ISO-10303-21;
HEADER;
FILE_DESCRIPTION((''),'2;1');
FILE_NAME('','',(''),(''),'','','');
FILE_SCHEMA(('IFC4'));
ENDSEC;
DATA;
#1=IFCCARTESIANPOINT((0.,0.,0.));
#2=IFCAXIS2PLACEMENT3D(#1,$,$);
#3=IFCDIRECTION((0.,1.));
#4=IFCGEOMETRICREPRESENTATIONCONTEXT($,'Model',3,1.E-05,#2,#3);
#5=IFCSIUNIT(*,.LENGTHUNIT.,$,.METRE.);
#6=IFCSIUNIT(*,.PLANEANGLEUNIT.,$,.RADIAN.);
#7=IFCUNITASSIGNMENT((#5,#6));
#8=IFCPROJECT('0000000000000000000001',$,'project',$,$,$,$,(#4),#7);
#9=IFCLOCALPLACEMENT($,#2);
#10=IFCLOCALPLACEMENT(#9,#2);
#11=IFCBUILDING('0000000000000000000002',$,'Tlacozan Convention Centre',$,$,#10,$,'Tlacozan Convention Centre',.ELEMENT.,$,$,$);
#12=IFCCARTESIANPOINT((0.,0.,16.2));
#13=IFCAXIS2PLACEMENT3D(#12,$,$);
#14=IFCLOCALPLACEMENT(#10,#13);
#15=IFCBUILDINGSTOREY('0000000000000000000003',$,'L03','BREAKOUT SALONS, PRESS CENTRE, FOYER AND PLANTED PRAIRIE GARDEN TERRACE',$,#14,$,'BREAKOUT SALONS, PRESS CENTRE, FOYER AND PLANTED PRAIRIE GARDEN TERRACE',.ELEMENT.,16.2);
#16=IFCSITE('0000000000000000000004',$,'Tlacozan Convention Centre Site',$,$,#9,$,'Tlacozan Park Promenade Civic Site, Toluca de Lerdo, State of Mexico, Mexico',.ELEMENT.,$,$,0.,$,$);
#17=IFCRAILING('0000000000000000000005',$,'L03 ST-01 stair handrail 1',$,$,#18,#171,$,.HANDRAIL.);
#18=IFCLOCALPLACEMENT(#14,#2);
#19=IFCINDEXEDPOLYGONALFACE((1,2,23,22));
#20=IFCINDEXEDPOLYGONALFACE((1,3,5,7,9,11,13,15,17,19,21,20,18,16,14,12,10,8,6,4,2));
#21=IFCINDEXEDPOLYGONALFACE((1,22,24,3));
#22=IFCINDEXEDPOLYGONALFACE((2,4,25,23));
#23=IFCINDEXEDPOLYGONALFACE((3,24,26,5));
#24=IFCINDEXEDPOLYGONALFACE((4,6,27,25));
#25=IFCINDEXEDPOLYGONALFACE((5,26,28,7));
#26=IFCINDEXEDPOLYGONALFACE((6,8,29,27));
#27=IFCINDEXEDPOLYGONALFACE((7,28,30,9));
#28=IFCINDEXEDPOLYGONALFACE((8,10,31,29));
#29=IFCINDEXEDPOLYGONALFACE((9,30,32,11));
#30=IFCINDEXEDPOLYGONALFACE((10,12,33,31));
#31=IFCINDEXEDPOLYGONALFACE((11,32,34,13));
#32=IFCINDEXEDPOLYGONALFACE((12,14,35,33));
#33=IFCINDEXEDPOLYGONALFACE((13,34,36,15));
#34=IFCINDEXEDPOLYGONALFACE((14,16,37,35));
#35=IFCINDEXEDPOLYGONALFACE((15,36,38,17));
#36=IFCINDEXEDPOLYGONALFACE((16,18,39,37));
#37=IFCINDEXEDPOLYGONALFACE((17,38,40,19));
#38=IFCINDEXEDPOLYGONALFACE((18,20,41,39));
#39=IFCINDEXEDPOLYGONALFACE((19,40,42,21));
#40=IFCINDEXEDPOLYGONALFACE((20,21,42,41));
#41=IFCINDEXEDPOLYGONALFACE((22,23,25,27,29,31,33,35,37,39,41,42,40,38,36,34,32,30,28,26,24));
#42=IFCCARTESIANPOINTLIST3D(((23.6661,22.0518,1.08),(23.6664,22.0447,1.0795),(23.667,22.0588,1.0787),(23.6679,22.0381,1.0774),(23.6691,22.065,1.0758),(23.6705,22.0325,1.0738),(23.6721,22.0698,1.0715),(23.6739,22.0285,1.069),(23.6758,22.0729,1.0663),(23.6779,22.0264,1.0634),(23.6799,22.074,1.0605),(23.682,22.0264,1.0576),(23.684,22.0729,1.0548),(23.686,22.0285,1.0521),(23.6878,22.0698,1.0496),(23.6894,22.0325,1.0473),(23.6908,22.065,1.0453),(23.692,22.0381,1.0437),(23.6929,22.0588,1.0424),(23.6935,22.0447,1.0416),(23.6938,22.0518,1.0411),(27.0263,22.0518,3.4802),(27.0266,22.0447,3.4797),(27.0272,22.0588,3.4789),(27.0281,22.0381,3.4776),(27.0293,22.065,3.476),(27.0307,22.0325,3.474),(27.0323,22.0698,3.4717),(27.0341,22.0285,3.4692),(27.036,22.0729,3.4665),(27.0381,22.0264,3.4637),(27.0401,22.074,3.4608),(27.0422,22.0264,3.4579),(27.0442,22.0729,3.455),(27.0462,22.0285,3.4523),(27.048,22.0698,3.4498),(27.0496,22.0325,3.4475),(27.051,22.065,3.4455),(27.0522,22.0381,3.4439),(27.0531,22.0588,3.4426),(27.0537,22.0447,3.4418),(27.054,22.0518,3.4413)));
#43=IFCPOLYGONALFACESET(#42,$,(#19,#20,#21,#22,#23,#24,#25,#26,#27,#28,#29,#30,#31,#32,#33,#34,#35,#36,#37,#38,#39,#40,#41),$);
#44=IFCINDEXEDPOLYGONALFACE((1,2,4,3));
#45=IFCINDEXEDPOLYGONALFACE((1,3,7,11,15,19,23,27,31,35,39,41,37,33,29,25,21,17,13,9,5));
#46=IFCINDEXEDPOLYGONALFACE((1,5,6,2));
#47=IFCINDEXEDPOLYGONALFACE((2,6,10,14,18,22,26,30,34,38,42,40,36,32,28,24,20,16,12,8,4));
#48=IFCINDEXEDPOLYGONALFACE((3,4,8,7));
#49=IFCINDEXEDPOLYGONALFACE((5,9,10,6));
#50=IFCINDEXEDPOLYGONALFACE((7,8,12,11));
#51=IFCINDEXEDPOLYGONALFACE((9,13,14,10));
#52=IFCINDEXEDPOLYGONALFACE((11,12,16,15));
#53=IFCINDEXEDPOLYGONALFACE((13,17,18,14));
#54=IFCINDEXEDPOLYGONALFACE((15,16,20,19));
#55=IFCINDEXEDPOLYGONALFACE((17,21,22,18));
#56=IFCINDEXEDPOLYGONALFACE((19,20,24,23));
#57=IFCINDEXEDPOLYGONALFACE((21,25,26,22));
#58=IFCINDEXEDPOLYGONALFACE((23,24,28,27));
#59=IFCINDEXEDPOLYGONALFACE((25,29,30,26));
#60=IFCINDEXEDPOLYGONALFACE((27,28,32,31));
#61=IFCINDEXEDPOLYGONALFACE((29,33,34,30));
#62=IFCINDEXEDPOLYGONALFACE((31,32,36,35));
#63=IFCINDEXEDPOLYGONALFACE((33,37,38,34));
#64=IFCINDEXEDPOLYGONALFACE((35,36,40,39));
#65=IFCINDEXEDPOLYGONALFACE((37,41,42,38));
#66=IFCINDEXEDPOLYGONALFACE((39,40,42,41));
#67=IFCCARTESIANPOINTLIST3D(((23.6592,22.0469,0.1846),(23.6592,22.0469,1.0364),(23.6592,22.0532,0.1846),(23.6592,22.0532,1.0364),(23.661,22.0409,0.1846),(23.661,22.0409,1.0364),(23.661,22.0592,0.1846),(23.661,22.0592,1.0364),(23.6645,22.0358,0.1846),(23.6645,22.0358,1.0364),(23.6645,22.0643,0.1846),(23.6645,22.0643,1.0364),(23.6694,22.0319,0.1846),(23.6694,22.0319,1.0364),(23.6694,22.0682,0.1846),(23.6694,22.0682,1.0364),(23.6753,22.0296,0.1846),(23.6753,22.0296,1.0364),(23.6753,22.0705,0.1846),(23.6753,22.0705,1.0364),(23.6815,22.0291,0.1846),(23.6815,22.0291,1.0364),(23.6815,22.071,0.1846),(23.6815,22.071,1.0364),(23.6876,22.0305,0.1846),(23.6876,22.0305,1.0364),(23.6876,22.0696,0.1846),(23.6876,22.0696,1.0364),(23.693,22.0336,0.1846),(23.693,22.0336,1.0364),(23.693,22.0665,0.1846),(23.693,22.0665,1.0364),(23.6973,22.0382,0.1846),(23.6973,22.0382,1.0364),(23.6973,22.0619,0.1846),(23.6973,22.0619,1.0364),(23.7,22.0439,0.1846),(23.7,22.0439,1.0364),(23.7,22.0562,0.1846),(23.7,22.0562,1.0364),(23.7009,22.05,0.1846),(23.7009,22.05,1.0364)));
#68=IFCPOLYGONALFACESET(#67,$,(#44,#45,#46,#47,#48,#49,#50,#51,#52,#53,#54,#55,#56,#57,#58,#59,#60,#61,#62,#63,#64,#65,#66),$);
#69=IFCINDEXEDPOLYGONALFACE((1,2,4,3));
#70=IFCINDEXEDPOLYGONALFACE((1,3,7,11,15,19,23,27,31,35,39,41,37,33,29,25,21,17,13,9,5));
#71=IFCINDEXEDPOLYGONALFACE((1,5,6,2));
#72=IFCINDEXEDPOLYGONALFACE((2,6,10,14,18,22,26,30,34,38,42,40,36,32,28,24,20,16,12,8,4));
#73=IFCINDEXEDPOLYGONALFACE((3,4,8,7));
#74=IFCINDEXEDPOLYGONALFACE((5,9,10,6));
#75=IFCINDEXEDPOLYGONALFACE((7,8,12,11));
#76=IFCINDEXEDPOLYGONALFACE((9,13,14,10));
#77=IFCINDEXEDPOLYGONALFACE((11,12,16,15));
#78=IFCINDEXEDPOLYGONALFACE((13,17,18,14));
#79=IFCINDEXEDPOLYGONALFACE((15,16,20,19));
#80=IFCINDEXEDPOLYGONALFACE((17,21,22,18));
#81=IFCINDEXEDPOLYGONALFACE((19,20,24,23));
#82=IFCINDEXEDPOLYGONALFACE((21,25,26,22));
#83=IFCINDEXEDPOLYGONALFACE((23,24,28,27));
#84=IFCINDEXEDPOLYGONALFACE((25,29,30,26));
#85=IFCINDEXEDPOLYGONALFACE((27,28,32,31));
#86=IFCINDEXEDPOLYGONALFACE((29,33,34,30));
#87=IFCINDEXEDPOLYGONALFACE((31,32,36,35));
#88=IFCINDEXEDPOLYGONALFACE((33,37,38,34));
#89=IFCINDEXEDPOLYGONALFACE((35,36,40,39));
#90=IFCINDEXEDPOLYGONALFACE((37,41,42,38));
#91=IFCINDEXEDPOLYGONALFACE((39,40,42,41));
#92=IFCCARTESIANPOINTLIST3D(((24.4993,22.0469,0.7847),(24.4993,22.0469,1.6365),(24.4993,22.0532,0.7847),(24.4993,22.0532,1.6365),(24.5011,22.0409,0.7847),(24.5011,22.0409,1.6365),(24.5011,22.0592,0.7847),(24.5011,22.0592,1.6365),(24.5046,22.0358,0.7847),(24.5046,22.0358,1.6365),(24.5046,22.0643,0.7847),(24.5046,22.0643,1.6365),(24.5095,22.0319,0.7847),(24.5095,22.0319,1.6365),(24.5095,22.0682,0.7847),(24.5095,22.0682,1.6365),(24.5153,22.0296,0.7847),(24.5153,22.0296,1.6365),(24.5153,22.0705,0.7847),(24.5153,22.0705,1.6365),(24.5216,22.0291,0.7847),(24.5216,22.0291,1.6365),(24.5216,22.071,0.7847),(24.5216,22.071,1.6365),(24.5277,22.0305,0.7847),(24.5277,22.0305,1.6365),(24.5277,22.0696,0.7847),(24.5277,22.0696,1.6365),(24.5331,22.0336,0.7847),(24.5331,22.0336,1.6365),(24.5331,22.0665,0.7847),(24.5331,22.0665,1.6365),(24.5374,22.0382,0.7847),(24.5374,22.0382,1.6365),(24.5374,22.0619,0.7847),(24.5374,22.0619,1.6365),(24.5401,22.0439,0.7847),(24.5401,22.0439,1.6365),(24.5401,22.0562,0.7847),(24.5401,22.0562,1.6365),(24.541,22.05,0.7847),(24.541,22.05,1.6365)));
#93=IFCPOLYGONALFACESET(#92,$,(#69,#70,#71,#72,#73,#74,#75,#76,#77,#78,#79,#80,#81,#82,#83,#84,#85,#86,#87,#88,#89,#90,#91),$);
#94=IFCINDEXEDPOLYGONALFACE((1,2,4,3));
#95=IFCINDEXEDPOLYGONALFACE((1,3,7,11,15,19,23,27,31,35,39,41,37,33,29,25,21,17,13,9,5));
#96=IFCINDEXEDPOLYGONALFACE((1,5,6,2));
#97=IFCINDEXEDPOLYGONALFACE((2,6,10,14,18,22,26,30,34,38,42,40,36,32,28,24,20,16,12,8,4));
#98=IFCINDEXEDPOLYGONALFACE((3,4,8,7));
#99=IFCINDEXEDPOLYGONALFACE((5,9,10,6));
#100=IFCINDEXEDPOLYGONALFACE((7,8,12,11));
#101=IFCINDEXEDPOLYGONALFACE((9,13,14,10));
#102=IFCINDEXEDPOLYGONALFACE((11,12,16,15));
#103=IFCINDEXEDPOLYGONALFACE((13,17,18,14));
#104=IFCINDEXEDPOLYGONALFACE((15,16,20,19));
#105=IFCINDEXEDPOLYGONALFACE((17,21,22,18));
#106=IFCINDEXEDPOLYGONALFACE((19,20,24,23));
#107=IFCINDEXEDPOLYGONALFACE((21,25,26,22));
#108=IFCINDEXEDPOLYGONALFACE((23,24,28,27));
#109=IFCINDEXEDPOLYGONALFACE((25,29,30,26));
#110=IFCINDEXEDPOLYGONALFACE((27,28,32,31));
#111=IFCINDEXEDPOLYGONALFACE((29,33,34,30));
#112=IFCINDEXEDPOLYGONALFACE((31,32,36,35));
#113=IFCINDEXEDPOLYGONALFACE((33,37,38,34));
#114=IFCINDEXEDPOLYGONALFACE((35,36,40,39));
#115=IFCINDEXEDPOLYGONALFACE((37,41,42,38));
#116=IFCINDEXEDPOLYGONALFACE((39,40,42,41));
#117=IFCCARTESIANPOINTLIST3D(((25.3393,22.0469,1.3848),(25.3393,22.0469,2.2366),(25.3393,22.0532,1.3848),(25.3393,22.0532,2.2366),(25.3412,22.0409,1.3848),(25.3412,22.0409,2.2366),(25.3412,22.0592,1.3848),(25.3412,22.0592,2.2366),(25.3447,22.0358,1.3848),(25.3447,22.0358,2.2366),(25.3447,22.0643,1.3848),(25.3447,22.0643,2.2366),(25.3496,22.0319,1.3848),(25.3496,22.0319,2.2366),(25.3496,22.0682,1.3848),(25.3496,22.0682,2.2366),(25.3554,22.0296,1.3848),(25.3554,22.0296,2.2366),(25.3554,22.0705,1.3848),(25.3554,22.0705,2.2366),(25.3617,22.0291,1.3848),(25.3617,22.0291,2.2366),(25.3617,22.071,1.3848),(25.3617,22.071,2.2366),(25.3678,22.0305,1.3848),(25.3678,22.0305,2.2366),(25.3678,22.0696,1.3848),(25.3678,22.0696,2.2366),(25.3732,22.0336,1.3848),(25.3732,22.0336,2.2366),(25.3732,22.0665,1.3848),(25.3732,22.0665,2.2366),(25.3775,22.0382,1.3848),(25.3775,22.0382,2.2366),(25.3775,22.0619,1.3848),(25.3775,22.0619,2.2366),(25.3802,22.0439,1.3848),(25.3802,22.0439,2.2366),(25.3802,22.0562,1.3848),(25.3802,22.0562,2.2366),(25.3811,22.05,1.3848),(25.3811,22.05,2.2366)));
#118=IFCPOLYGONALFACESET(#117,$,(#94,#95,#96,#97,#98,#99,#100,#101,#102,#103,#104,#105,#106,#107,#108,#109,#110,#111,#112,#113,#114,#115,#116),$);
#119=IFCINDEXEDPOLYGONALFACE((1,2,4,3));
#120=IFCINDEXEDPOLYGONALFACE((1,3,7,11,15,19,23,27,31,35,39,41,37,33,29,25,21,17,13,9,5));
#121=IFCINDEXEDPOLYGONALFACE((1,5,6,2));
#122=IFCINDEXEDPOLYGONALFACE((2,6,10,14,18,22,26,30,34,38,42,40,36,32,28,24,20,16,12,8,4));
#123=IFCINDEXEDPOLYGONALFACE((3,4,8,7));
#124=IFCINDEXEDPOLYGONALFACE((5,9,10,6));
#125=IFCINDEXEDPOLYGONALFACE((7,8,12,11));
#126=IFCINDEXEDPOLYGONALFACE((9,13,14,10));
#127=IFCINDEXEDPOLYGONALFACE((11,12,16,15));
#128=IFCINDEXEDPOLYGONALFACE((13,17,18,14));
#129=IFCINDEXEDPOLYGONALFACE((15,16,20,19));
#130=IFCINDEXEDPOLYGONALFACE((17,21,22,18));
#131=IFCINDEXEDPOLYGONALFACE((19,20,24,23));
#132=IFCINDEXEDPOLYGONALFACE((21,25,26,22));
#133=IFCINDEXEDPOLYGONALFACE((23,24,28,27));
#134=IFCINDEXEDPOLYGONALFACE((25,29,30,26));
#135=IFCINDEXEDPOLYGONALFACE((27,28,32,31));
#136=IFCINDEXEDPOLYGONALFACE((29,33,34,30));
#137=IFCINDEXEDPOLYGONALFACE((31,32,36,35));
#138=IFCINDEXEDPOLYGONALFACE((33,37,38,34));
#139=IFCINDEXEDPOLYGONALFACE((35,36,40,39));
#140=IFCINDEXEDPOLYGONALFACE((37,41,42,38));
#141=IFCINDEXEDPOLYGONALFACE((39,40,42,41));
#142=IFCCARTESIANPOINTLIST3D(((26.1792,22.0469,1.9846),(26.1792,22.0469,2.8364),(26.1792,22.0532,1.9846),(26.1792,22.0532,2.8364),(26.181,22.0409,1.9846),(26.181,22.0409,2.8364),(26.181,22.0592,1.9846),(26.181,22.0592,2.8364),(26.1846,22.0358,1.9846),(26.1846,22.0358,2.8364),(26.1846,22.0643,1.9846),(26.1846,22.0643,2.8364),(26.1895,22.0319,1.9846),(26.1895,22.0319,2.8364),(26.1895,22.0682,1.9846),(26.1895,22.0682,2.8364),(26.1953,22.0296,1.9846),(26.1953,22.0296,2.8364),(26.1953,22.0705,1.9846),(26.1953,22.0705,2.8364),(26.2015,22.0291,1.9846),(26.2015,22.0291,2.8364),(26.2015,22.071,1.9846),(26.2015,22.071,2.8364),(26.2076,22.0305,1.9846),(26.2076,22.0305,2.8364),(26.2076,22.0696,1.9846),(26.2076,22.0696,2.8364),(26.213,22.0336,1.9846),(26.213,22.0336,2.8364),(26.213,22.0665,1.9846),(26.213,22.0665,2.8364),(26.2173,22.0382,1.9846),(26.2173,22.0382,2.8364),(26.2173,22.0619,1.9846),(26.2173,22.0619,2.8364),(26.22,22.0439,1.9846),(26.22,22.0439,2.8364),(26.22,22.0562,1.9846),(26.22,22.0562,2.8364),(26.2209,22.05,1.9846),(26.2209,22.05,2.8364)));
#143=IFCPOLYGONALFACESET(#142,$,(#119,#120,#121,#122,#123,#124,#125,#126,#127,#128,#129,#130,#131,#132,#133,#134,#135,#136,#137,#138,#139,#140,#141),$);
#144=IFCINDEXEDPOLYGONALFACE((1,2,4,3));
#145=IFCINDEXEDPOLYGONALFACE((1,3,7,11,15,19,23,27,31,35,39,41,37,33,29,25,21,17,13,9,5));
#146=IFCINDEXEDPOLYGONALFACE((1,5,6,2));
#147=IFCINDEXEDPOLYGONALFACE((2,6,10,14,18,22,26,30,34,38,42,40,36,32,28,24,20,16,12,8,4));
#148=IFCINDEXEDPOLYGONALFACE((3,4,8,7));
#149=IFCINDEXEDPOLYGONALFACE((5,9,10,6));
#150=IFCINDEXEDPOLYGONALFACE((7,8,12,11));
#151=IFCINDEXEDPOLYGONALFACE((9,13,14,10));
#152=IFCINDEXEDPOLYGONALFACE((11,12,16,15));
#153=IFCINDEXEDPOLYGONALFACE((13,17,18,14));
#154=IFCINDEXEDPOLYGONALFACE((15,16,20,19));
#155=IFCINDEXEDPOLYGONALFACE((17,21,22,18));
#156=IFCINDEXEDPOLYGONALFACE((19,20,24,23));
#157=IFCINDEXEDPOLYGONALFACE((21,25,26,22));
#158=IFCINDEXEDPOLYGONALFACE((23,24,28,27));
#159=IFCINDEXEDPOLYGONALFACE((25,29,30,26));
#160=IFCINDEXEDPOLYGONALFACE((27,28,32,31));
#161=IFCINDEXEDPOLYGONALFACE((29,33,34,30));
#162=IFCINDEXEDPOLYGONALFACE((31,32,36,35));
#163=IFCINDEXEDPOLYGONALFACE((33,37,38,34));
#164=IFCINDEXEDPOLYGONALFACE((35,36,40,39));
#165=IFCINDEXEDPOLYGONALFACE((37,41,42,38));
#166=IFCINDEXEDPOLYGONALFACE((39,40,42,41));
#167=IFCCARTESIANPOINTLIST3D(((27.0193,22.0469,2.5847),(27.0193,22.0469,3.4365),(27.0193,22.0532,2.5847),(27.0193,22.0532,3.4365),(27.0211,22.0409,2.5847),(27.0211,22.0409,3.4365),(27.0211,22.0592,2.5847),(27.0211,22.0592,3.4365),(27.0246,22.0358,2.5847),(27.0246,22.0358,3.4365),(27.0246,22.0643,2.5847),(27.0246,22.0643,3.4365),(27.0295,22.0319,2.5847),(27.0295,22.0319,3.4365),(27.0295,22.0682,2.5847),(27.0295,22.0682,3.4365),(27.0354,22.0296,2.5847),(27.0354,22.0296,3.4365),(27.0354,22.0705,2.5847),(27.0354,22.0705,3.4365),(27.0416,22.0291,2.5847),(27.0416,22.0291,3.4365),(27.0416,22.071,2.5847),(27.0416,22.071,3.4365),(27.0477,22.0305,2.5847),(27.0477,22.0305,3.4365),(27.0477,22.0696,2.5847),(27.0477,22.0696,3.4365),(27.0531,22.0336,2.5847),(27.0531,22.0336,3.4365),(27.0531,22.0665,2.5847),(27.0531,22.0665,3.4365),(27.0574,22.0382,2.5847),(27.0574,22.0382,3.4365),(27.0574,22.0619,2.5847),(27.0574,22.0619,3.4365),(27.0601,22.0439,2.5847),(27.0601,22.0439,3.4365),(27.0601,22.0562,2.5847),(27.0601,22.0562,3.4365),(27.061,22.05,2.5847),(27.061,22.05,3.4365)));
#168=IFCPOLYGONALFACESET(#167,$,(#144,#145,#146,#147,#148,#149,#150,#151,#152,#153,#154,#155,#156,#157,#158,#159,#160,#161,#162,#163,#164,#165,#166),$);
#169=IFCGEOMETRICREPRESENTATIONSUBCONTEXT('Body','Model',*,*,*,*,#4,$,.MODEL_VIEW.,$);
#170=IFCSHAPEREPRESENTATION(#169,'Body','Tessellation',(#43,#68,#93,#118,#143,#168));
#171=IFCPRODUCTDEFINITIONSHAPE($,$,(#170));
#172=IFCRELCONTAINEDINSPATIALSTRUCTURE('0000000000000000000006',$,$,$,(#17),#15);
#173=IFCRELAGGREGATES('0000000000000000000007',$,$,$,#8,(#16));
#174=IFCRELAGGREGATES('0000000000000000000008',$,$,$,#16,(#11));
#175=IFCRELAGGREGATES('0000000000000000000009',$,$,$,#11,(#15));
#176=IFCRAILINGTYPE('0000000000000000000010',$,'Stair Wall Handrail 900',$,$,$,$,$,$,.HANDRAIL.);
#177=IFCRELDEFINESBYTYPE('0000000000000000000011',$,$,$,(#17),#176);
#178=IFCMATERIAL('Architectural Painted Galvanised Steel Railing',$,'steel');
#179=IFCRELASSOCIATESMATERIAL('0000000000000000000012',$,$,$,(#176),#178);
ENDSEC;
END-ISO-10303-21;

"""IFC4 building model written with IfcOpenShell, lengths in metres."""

from ifc_helpers import new_model, si_unit, direction, frame, origin, origin_2d, place, context, subcontext, project, spatial, circle, extrude, material, type_object, element, save


model = new_model("IFC4")

# Units and contexts
model_context = context("Model", 3, precision=1e-05, world=origin(), true_north=direction((0.0, 1.0)))
body_context = subcontext(model_context, "Body", "Model", "MODEL_VIEW")
ifc_project = project(units=[si_unit("LENGTHUNIT", "METRE"), si_unit("PLANEANGLEUNIT", "RADIAN")], contexts=[model_context])

# Site, building, storey
site_placement = place(None, origin())
site = spatial("IfcSite", under=ifc_project, at=site_placement, Name="Tlacozan Convention Centre Site", LongName="Tlacozan Park Promenade Civic Site, Toluca de Lerdo, State of Mexico, Mexico", CompositionType="ELEMENT", RefElevation=0.0)
building_placement = place(site_placement, origin())
building = spatial("IfcBuilding", under=site, at=building_placement, Name="Tlacozan Convention Centre", LongName="Tlacozan Convention Centre", CompositionType="ELEMENT")
storey_placement = place(building_placement, frame((0.0, 0.0, 16.2)))
storey = spatial("IfcBuildingStorey", under=building, at=storey_placement, Name="L03", Description="BREAKOUT SALONS, PRESS CENTRE, FOYER AND PLANTED PRAIRIE GARDEN TERRACE", LongName="BREAKOUT SALONS, PRESS CENTRE, FOYER AND PLANTED PRAIRIE GARDEN TERRACE", CompositionType="ELEMENT", Elevation=16.2)

# Railing
ifc_material_1 = material(Name="Architectural Painted Galvanised Steel Railing", Category="steel")
railing_type_1 = type_object("IfcRailingType", Name="Stair Wall Handrail 900", PredefinedType="HANDRAIL", material=ifc_material_1)
railing_1_placement = place(storey_placement, frame((23.6799, 22.05, 0.1846)))
element("IfcRailing", 1, at=railing_1_placement, inside=storey, type_object=railing_type_1, Name="L03 ST-01 stair handrail 1", PredefinedType="HANDRAIL", context=body_context, shape_type="SweptSolid", body=[
    extrude(circle(Radius=0.0239, at=origin_2d()), frame((0.0, 0.0, 0.876), z_axis=(0.813725, 0.0, 0.581249), x_axis=(0.0, 1.0, 0.0)), (0.0, 0.0, 1.0), 4.1294),
    extrude(circle(Radius=0.021, at=origin_2d()), origin(), (0.0, 0.0, 1.0), 0.8518),
    extrude(circle(Radius=0.021, at=origin_2d()), frame((0.8401, 0.0, 0.6001)), (0.0, 0.0, 1.0), 0.8518),
    extrude(circle(Radius=0.021, at=origin_2d()), frame((1.6802, 0.0, 1.2002)), (0.0, 0.0, 1.0), 0.8518),
    extrude(circle(Radius=0.021, at=origin_2d()), frame((2.52, 0.0, 1.8)), (0.0, 0.0, 1.0), 0.8518),
    extrude(circle(Radius=0.021, at=origin_2d()), frame((3.3601, 0.0, 2.4001)), (0.0, 0.0, 1.0), 0.8518),
])

save(model, "model.ifc")
